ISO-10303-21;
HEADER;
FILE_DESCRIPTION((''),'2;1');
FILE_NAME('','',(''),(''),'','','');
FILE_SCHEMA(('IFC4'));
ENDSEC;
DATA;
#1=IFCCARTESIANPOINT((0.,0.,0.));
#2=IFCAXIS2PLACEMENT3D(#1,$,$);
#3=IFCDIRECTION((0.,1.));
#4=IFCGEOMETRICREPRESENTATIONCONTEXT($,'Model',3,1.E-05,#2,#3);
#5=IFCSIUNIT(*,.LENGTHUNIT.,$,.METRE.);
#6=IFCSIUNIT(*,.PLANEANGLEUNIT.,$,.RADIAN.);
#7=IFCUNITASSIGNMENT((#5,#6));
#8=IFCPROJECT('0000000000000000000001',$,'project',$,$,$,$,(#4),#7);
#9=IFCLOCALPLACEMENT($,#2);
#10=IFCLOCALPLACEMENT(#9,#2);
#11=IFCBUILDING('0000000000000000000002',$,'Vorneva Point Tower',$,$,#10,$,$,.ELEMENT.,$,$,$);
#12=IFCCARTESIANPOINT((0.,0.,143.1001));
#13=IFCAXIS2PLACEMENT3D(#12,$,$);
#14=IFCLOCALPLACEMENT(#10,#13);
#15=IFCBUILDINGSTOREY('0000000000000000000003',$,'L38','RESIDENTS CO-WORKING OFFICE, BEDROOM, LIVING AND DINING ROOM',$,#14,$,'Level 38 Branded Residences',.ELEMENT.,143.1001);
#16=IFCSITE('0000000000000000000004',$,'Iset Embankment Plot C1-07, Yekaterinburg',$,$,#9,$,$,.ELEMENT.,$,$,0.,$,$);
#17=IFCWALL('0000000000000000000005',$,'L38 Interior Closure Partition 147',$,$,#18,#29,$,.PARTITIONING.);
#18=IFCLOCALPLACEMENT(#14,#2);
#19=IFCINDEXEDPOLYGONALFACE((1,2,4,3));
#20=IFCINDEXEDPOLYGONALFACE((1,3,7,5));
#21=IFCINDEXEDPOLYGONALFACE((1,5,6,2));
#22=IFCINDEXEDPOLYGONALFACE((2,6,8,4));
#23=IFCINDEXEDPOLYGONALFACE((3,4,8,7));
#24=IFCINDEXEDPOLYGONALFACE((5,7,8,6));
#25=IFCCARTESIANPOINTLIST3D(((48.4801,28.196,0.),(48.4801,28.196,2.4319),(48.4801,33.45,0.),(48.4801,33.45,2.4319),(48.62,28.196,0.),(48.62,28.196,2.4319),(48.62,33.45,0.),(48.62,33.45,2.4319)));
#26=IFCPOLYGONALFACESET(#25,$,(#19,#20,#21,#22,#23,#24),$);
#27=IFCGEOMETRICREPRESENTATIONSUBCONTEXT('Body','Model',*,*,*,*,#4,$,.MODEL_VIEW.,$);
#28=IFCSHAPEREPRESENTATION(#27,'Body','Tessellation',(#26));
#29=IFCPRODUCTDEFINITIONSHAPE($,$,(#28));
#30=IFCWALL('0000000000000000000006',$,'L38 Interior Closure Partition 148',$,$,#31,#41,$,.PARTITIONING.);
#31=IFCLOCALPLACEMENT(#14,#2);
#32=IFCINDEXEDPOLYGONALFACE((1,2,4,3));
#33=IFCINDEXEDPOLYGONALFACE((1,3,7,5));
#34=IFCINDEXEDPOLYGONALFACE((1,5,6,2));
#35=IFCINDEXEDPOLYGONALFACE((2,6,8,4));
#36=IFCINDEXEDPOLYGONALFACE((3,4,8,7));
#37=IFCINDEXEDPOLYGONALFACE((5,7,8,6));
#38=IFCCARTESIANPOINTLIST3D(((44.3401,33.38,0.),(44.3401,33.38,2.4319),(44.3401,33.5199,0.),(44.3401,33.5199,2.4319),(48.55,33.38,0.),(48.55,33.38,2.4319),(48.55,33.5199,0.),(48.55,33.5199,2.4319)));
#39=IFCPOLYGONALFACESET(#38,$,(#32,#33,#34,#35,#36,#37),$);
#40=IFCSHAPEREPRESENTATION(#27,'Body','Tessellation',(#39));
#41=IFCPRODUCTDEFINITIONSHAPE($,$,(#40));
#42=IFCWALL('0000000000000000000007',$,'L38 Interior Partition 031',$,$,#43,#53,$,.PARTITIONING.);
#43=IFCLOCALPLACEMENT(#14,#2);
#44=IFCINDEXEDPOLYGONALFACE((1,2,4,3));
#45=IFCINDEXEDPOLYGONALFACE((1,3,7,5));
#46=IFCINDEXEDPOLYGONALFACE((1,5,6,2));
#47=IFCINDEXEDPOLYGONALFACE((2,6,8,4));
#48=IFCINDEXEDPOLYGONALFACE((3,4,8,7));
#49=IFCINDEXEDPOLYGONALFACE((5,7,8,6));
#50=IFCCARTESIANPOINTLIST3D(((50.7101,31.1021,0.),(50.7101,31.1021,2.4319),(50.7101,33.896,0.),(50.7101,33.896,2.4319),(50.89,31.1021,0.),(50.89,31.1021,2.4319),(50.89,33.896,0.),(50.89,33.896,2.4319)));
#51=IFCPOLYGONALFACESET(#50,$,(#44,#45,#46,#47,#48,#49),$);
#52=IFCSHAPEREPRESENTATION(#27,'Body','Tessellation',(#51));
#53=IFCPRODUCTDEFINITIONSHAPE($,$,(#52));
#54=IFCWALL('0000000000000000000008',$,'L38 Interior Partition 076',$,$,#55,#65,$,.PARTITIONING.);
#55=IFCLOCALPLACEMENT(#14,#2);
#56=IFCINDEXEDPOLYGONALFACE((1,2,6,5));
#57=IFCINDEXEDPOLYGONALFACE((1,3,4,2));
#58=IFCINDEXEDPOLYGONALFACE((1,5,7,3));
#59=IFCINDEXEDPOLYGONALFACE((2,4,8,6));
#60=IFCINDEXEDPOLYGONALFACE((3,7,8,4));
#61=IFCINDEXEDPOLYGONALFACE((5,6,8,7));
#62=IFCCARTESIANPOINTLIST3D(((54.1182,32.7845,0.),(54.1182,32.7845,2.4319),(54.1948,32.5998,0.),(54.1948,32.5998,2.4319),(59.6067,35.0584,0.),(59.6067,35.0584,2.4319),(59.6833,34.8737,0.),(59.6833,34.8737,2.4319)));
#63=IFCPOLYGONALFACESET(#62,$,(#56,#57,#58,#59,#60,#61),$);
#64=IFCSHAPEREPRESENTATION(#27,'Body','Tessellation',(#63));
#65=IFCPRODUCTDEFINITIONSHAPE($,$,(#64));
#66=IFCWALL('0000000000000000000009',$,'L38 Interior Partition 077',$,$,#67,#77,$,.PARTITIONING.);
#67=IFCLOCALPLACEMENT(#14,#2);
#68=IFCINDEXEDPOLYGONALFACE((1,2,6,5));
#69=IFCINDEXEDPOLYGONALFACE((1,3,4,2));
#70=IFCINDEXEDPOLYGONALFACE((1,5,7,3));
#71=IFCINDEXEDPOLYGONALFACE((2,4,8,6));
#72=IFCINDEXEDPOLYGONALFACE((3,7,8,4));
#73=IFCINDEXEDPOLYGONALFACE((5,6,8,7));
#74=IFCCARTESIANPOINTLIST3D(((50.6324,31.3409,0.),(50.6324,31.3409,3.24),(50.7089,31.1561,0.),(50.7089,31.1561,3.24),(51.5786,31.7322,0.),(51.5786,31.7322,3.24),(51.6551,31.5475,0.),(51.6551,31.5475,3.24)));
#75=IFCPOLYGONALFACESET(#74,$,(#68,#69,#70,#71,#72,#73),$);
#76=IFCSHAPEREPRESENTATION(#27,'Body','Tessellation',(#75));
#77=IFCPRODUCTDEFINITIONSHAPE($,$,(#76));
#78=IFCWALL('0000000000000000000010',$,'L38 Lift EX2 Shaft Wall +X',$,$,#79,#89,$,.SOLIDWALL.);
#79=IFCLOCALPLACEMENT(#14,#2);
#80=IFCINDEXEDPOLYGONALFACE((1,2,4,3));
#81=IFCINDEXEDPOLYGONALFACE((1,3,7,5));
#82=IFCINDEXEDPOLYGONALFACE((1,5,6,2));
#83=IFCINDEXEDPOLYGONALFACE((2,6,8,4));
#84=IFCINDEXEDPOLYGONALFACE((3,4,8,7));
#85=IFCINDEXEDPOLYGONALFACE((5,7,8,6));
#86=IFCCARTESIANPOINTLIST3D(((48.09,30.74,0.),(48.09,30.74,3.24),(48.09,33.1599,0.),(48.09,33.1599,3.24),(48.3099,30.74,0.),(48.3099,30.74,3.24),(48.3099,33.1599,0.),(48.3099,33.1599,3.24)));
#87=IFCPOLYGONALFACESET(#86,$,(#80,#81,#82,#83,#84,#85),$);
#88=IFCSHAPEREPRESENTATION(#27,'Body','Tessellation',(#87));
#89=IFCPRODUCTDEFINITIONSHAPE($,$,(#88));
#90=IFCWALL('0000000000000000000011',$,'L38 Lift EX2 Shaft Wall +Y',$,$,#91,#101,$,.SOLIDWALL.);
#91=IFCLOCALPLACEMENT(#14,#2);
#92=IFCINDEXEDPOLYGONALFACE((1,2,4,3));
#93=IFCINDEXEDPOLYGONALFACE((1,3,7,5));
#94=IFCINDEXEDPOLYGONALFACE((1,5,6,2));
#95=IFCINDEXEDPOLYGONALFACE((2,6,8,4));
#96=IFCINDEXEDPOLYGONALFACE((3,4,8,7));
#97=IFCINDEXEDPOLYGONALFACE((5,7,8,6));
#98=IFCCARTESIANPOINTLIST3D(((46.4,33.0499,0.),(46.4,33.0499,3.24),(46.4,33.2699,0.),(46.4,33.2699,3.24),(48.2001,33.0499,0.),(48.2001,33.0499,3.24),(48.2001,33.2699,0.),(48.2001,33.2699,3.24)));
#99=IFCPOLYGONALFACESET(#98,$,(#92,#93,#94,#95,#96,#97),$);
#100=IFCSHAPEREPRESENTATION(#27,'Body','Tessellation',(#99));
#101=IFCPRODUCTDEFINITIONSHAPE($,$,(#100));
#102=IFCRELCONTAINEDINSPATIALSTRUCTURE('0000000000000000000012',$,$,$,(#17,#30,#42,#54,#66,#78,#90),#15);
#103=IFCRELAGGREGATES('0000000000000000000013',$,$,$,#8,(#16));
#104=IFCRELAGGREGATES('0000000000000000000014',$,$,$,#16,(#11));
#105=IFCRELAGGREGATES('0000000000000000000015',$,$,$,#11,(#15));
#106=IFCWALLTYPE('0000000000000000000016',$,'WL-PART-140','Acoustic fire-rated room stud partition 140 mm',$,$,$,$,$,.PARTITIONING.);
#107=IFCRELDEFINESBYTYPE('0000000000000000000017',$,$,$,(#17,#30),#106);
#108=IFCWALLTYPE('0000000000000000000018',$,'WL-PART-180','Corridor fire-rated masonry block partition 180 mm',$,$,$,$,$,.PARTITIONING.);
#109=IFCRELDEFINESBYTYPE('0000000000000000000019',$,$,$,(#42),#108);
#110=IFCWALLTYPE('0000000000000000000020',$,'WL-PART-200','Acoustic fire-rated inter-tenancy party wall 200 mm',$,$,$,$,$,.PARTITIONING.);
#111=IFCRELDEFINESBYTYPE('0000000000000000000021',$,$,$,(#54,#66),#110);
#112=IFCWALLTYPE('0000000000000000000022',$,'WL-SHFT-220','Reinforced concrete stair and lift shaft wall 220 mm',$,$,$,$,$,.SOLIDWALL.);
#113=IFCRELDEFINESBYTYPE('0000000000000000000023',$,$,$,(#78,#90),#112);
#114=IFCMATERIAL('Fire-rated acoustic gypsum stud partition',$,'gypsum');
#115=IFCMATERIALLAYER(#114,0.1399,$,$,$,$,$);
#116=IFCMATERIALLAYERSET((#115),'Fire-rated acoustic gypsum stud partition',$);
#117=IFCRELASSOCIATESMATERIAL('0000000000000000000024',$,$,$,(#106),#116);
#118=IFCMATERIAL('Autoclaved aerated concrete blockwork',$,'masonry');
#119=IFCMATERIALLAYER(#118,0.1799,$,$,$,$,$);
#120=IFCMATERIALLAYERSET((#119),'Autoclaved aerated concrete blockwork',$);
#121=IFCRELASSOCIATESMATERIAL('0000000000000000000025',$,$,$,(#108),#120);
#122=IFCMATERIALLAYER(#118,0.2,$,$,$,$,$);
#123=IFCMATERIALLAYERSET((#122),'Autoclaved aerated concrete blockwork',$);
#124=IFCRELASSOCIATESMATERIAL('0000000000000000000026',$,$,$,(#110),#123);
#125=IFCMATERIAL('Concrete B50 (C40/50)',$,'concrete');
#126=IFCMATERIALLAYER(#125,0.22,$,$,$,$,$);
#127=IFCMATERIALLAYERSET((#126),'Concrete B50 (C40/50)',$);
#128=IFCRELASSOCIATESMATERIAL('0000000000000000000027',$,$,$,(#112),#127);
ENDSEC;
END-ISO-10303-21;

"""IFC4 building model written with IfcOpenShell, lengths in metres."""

from ifc_helpers import new_model, si_unit, direction, frame, frame_2d, origin, place, context, subcontext, project, spatial, rectangle, extrude, material, layer, layer_set, type_object, element, save


model = new_model("IFC4")

# Units and contexts
model_context = context("Model", 3, precision=1e-05, world=origin(), true_north=direction((0.0, 1.0)))
body_context = subcontext(model_context, "Body", "Model", "MODEL_VIEW")
ifc_project = project(units=[si_unit("LENGTHUNIT", "METRE"), si_unit("PLANEANGLEUNIT", "RADIAN")], contexts=[model_context])

# Site, building, storey
site_placement = place(None, origin())
site = spatial("IfcSite", under=ifc_project, at=site_placement, Name="Iset Embankment Plot C1-07, Yekaterinburg", CompositionType="ELEMENT", RefElevation=0.0)
building_placement = place(site_placement, origin())
building = spatial("IfcBuilding", under=site, at=building_placement, Name="Vorneva Point Tower", CompositionType="ELEMENT")
storey_placement = place(building_placement, frame((0.0, 0.0, 143.1001)))
storey = spatial("IfcBuildingStorey", under=building, at=storey_placement, Name="L38", Description="RESIDENTS CO-WORKING OFFICE, BEDROOM, LIVING AND DINING ROOM", LongName="Level 38 Branded Residences", CompositionType="ELEMENT", Elevation=143.1001)

# Shared definitions
ifc_material_1 = material(Name="Fire-rated acoustic gypsum stud partition", Category="gypsum")

# Walls
ifc_layer_1 = layer(ifc_material_1, 0.1399)
ifc_layer_set_1 = layer_set([ifc_layer_1], Name="Fire-rated acoustic gypsum stud partition")
wall_type_1 = type_object("IfcWallType", Name="WL-PART-140", Description="Acoustic fire-rated room stud partition 140 mm", PredefinedType="PARTITIONING", material=ifc_layer_set_1)
wall_1_placement = place(storey_placement, frame((48.55, 28.196, 0.0), z_axis=(0.0, 0.0, 1.0), x_axis=(0.0, 1.0, 0.0)))
element("IfcWall", 1, at=wall_1_placement, inside=storey, type_object=wall_type_1, Name="L38 Interior Closure Partition 147", PredefinedType="PARTITIONING", context=body_context, shape_type="SweptSolid", body=[
    extrude(rectangle(XDim=5.2539, YDim=0.1399, at=frame_2d((2.627, 0.0))), origin(), (0.0, 0.0, 1.0), 2.4319),
])
wall_2_placement = place(storey_placement, frame((48.55, 33.45, 0.0), z_axis=(0.0, 0.0, 1.0), x_axis=(-1.0, 0.0, 0.0)))
element("IfcWall", 2, at=wall_2_placement, inside=storey, type_object=wall_type_1, Name="L38 Interior Closure Partition 148", PredefinedType="PARTITIONING", context=body_context, shape_type="SweptSolid", body=[
    extrude(rectangle(XDim=4.21, YDim=0.1399, at=frame_2d((2.105, 0.0))), origin(), (0.0, 0.0, 1.0), 2.4319),
])

# Shared definitions
ifc_material_2 = material(Name="Autoclaved aerated concrete blockwork", Category="masonry")
ifc_layer_2 = layer(ifc_material_2, 0.1799)
ifc_layer_set_2 = layer_set([ifc_layer_2], Name="Autoclaved aerated concrete blockwork")
wall_type_2 = type_object("IfcWallType", Name="WL-PART-180", Description="Corridor fire-rated masonry block partition 180 mm", PredefinedType="PARTITIONING", material=ifc_layer_set_2)

# Walls
wall_3_placement = place(storey_placement, frame((50.8, 31.1021, 0.0), z_axis=(0.0, 0.0, 1.0), x_axis=(0.0, 1.0, 0.0)))
element("IfcWall", 3, at=wall_3_placement, inside=storey, type_object=wall_type_2, Name="L38 Interior Partition 031", PredefinedType="PARTITIONING", context=body_context, shape_type="SweptSolid", body=[
    extrude(rectangle(XDim=2.7939, YDim=0.1799, at=frame_2d((1.397, 0.0))), origin(), (0.0, 0.0, 1.0), 2.4319),
])
ifc_layer_3 = layer(ifc_material_2, 0.2)
ifc_layer_set_3 = layer_set([ifc_layer_3], Name="Autoclaved aerated concrete blockwork")
wall_type_3 = type_object("IfcWallType", Name="WL-PART-200", Description="Acoustic fire-rated inter-tenancy party wall 200 mm", PredefinedType="PARTITIONING", material=ifc_layer_set_3)
wall_4_placement = place(storey_placement, frame((54.1565, 32.6921, 0.0), z_axis=(0.0, 0.0, 1.0), x_axis=(0.92385, 0.382756, 0.0)))
element("IfcWall", 4, at=wall_4_placement, inside=storey, type_object=wall_type_3, Name="L38 Interior Partition 076", PredefinedType="PARTITIONING", context=body_context, shape_type="SweptSolid", body=[
    extrude(rectangle(XDim=5.9409, YDim=0.2, at=frame_2d((2.9705, 0.0))), origin(), (0.0, 0.0, 1.0), 2.4319),
])
wall_5_placement = place(storey_placement, frame((50.6707, 31.2485, 0.0), z_axis=(0.0, 0.0, 1.0), x_axis=(0.924089, 0.382176, 0.0)))
element("IfcWall", 5, at=wall_5_placement, inside=storey, type_object=wall_type_3, Name="L38 Interior Partition 077", PredefinedType="PARTITIONING", context=body_context, shape_type="SweptSolid", body=[
    extrude(rectangle(XDim=1.0239, YDim=0.2, at=frame_2d((0.512, 0.0))), origin(), (0.0, 0.0, 1.0), 3.24),
])
ifc_material_3 = material(Name="Concrete B50 (C40/50)", Category="concrete")
ifc_layer_4 = layer(ifc_material_3, 0.22)
ifc_layer_set_4 = layer_set([ifc_layer_4], Name="Concrete B50 (C40/50)")
wall_type_4 = type_object("IfcWallType", Name="WL-SHFT-220", Description="Reinforced concrete stair and lift shaft wall 220 mm", PredefinedType="SOLIDWALL", material=ifc_layer_set_4)
wall_6_placement = place(storey_placement, frame((48.2, 30.74, 0.0), z_axis=(0.0, 0.0, 1.0), x_axis=(0.0, 1.0, 0.0)))
element("IfcWall", 6, at=wall_6_placement, inside=storey, type_object=wall_type_4, Name="L38 Lift EX2 Shaft Wall +X", PredefinedType="SOLIDWALL", context=body_context, shape_type="SweptSolid", body=[
    extrude(rectangle(XDim=2.4199, YDim=0.22, at=frame_2d((1.21, 0.0))), origin(), (0.0, 0.0, 1.0), 3.24),
])
wall_7_placement = place(storey_placement, frame((48.2, 33.1599, 0.0), z_axis=(0.0, 0.0, 1.0), x_axis=(-1.0, 0.0, 0.0)))
element("IfcWall", 7, at=wall_7_placement, inside=storey, type_object=wall_type_4, Name="L38 Lift EX2 Shaft Wall +Y", PredefinedType="SOLIDWALL", context=body_context, shape_type="SweptSolid", body=[
    extrude(rectangle(XDim=1.8, YDim=0.22, at=frame_2d((0.8999, 0.0))), origin(), (0.0, 0.0, 1.0), 3.24),
])

save(model, "model.ifc")
